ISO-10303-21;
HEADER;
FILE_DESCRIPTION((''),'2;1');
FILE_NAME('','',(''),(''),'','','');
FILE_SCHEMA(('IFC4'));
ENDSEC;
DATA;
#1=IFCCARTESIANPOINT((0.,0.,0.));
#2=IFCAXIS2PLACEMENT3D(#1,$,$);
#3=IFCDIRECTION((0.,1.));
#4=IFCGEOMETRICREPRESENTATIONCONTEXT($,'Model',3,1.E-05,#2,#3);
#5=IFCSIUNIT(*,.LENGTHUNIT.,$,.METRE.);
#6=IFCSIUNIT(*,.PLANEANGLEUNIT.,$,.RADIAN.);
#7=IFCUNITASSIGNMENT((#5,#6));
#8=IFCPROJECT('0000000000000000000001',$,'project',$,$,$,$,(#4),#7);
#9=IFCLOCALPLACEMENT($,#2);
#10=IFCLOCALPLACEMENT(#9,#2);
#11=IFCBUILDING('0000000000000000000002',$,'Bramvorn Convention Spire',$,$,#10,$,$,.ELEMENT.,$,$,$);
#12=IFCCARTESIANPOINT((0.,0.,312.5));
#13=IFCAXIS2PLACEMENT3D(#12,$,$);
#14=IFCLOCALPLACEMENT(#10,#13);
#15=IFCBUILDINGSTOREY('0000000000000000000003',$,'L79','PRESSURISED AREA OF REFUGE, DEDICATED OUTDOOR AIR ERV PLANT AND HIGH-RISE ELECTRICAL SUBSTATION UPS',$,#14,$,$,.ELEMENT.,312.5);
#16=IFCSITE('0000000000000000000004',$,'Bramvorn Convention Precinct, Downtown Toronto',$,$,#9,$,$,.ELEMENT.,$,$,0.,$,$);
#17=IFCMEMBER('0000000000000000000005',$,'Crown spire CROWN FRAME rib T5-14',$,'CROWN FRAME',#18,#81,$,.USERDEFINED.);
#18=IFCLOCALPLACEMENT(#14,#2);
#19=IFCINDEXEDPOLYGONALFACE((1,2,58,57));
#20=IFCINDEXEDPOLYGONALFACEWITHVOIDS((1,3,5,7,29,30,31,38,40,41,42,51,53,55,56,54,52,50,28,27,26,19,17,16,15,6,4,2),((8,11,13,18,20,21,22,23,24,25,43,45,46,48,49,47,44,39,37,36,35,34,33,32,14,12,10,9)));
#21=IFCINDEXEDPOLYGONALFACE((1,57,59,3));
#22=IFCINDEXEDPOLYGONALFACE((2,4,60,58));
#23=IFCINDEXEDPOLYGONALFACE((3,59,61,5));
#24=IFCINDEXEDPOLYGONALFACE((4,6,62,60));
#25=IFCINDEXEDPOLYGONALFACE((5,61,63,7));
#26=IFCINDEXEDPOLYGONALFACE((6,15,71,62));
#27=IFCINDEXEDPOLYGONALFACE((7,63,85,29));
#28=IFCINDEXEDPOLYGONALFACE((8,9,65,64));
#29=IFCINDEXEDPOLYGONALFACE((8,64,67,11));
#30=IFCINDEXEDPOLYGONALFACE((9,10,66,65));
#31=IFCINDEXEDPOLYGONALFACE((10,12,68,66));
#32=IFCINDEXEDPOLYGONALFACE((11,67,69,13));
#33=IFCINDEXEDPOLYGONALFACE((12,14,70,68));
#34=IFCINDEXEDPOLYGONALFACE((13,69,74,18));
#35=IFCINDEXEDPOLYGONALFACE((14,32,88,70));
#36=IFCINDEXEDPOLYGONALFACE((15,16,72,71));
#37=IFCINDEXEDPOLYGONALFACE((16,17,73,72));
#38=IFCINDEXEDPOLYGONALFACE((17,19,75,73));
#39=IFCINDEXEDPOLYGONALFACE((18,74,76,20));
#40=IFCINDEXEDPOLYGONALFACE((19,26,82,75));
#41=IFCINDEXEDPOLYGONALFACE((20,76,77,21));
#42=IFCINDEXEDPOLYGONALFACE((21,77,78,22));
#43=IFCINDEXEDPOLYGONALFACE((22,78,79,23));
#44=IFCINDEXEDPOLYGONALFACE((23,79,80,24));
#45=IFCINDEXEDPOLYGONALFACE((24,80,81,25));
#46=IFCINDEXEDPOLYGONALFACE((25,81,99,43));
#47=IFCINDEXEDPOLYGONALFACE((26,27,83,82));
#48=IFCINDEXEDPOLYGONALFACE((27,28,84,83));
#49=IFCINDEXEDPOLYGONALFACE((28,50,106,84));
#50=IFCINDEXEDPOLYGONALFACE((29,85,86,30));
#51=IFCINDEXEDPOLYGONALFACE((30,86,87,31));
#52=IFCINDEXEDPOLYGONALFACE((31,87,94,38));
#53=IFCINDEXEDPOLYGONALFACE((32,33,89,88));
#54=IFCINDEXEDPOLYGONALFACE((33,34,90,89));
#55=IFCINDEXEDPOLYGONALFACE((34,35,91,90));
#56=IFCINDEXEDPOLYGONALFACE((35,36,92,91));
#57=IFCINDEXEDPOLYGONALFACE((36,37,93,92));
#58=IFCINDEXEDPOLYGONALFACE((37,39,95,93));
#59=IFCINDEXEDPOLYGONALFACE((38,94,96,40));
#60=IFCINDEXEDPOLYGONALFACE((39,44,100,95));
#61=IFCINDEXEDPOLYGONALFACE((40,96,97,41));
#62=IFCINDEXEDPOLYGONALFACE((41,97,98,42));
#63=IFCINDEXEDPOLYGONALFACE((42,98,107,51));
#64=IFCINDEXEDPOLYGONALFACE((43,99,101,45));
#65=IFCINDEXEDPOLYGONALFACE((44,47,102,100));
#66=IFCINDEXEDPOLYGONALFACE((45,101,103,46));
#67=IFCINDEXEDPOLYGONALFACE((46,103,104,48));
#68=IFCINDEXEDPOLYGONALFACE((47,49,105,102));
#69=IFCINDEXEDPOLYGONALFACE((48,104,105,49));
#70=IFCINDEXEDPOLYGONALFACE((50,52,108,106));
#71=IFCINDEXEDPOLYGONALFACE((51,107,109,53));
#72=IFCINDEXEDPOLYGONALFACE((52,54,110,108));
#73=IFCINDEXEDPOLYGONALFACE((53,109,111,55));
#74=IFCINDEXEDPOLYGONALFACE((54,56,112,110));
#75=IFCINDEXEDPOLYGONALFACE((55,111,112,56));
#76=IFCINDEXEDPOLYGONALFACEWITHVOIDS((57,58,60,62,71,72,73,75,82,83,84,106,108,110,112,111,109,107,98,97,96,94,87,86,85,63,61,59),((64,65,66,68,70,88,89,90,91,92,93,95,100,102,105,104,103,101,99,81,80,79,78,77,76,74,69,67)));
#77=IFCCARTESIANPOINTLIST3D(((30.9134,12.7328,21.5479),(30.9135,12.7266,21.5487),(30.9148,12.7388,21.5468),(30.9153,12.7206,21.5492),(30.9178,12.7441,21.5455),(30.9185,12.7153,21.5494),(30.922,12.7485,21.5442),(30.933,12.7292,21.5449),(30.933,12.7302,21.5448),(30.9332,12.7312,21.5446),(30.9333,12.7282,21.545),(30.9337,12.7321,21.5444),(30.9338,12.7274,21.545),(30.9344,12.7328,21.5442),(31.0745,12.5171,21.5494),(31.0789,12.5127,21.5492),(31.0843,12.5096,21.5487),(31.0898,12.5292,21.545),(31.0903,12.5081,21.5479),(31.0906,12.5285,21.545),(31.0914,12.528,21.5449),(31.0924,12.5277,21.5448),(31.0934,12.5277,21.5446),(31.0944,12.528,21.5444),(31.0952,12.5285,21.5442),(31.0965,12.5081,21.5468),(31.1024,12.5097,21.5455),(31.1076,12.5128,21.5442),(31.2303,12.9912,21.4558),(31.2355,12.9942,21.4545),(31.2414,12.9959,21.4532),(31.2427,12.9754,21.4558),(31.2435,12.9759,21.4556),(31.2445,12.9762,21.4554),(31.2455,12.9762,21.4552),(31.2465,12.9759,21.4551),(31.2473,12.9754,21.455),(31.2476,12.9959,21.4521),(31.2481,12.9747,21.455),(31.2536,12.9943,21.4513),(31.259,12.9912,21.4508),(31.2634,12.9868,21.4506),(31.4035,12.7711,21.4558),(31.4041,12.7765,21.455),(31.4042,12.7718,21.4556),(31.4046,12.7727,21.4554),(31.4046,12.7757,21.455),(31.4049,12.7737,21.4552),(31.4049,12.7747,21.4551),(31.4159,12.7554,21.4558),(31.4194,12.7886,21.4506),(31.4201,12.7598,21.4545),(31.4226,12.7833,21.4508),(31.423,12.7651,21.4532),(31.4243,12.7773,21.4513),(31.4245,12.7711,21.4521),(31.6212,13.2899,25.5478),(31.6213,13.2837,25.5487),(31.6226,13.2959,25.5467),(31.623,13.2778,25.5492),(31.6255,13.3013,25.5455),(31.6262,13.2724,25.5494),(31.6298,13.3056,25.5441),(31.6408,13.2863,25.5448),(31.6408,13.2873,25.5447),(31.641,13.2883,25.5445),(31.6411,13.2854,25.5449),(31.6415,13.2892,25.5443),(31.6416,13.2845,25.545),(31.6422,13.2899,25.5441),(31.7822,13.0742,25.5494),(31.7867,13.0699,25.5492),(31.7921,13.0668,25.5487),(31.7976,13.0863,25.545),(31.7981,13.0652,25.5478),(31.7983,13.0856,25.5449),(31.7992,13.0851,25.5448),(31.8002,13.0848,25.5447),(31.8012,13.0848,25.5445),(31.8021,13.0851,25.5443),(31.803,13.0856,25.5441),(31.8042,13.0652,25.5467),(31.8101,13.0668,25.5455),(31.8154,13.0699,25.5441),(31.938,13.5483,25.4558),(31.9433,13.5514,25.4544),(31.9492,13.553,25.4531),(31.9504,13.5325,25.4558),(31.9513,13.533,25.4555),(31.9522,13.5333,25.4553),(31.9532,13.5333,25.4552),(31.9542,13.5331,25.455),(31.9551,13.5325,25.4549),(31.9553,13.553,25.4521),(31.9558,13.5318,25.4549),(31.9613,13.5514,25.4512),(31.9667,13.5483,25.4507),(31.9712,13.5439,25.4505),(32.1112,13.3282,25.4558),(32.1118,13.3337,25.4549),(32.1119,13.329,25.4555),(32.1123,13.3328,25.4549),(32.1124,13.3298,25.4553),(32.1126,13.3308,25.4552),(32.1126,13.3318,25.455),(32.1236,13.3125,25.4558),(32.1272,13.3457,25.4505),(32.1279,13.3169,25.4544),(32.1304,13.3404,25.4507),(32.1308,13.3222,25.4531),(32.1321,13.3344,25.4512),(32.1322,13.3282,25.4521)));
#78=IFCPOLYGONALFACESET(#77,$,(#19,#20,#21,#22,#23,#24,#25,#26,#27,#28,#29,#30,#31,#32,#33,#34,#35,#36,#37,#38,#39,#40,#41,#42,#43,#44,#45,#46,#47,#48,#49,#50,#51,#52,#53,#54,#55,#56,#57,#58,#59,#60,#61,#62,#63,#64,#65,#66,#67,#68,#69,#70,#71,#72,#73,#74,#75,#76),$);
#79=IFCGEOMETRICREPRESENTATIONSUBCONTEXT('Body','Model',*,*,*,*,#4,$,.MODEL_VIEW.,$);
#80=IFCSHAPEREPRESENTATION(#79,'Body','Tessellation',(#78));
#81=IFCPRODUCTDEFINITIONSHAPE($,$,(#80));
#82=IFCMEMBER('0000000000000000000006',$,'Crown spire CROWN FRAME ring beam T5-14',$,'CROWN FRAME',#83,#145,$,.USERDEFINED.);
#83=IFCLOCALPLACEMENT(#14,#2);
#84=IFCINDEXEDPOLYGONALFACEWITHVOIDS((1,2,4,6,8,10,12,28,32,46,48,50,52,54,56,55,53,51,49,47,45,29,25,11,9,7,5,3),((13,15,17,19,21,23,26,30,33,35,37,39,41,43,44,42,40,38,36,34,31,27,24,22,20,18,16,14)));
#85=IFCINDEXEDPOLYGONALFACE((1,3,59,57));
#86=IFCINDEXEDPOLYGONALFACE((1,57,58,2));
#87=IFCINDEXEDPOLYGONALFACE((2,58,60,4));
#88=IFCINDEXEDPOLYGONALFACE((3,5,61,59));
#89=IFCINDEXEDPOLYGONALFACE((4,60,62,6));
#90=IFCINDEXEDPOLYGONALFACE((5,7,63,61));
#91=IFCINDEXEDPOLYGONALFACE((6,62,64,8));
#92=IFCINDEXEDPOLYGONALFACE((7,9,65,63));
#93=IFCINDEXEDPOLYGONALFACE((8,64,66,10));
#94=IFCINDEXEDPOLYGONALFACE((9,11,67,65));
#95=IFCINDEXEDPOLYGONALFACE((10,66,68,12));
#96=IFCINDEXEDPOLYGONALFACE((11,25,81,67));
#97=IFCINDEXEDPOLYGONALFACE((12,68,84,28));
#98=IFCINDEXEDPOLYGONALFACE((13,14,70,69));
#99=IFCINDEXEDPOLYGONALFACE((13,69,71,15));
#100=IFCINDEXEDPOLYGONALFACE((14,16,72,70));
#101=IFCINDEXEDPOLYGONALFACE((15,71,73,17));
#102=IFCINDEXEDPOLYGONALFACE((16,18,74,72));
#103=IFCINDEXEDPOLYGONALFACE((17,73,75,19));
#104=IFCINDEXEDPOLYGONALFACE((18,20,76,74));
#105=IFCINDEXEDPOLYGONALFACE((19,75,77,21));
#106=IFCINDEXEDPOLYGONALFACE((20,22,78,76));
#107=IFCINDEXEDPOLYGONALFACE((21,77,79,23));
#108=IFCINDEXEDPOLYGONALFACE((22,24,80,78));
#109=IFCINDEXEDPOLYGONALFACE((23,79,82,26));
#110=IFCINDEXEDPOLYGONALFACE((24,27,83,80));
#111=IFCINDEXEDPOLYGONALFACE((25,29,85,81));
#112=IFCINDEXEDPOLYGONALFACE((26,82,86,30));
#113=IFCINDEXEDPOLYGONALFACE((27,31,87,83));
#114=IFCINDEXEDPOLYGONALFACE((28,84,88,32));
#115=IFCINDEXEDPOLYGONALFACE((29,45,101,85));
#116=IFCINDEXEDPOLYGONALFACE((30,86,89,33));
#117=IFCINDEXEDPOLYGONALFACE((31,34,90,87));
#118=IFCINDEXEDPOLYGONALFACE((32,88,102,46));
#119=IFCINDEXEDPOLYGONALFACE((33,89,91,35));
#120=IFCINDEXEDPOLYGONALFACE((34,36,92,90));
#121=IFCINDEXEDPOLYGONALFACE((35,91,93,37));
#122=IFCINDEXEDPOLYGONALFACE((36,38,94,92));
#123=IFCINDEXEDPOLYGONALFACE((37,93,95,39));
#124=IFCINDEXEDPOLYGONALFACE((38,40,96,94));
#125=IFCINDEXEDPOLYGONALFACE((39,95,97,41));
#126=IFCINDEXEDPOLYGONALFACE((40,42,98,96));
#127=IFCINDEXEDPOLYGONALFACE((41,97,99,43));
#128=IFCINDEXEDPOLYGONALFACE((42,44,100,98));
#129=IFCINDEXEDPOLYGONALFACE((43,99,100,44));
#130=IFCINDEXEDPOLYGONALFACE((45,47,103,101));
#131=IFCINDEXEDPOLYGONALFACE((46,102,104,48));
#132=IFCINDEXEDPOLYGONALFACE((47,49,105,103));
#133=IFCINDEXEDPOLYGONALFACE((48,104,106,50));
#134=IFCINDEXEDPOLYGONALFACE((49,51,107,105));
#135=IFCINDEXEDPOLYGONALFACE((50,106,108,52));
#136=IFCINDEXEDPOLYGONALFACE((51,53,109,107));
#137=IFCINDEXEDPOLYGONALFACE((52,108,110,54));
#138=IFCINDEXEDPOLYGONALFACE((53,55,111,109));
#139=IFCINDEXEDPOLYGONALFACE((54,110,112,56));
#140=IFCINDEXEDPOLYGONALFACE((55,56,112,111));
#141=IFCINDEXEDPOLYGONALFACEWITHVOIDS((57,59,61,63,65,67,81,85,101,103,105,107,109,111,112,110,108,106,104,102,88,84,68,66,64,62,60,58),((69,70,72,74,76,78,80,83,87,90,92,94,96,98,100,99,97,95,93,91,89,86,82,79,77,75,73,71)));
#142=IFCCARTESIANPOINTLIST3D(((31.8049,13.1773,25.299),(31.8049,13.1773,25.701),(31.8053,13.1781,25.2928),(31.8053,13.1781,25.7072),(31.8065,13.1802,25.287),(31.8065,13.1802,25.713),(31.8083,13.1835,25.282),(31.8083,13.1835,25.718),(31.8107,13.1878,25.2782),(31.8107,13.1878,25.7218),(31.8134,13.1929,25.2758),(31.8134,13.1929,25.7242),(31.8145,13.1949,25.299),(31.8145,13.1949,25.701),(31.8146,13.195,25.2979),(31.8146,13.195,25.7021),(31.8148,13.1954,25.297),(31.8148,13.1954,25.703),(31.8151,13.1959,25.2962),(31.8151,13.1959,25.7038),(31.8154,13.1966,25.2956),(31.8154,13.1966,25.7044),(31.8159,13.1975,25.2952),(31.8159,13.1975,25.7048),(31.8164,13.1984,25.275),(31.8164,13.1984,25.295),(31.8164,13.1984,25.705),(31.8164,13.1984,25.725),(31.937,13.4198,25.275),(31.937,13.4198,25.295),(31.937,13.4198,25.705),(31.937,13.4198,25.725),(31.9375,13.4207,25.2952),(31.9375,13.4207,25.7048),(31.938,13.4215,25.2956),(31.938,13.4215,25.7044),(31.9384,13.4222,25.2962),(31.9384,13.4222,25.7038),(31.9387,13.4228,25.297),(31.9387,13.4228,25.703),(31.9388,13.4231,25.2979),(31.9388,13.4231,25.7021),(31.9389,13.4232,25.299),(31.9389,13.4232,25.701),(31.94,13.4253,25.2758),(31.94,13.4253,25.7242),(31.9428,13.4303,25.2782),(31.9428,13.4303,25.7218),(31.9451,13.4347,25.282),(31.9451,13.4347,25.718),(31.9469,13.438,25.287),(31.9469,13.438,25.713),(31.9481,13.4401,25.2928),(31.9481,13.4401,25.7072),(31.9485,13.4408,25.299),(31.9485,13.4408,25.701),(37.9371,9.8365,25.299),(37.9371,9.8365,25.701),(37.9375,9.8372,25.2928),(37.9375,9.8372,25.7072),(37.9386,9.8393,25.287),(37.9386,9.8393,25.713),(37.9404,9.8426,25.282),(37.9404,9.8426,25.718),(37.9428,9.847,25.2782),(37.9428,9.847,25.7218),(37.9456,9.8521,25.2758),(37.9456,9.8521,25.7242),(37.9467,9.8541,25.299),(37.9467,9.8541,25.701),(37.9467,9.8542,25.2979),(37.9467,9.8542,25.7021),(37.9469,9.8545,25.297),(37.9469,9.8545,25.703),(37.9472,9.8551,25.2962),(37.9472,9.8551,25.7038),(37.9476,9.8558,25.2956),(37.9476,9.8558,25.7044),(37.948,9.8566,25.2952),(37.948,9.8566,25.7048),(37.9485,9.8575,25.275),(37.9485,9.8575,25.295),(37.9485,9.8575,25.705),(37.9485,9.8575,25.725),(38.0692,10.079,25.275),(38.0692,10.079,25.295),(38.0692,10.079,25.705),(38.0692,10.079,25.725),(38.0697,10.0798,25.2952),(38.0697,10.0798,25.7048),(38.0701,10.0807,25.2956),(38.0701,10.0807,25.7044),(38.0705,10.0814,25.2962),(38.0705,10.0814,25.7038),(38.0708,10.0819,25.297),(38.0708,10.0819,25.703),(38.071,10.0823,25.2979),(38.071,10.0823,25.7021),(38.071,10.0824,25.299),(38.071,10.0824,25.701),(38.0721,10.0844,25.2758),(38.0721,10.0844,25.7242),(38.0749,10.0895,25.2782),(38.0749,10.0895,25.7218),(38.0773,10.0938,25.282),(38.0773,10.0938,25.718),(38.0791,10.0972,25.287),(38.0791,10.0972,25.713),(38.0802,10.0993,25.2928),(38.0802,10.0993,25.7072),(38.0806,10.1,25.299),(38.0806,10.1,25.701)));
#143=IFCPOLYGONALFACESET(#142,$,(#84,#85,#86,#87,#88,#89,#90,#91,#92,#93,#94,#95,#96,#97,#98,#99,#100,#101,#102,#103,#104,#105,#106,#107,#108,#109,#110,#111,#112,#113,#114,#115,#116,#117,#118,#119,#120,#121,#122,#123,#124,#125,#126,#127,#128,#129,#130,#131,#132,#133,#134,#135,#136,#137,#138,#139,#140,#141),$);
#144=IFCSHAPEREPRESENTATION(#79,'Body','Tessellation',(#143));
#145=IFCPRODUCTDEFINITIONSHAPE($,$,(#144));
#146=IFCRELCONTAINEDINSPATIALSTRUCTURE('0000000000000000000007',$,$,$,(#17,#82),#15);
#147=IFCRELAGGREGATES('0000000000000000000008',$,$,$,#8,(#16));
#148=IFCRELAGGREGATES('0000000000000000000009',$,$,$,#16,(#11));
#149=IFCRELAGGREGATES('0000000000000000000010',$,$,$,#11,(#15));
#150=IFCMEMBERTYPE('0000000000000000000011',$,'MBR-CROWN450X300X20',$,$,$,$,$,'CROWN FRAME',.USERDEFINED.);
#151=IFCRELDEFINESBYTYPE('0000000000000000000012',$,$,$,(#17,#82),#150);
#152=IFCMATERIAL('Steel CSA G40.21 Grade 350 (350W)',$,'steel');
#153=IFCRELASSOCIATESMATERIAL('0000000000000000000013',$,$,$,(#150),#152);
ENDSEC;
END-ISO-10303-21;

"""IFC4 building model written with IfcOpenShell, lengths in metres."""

from ifc_helpers import new_model, si_unit, direction, frame, origin, origin_2d, place, context, subcontext, project, spatial, hollow_rectangle, extrude, material, material_profile, profile_set, type_object, element, save


model = new_model("IFC4")

# Units and contexts
model_context = context("Model", 3, precision=1e-05, world=origin(), true_north=direction((0.0, 1.0)))
body_context = subcontext(model_context, "Body", "Model", "MODEL_VIEW")
ifc_project = project(units=[si_unit("LENGTHUNIT", "METRE"), si_unit("PLANEANGLEUNIT", "RADIAN")], contexts=[model_context])

# Site, building, storey
site_placement = place(None, origin())
site = spatial("IfcSite", under=ifc_project, at=site_placement, Name="Bramvorn Convention Precinct, Downtown Toronto", CompositionType="ELEMENT", RefElevation=0.0)
building_placement = place(site_placement, origin())
building = spatial("IfcBuilding", under=site, at=building_placement, Name="Bramvorn Convention Spire", CompositionType="ELEMENT")
storey_placement = place(building_placement, frame((0.0, 0.0, 312.5)))
storey = spatial("IfcBuildingStorey", under=building, at=storey_placement, Name="L79", Description="PRESSURISED AREA OF REFUGE, DEDICATED OUTDOOR AIR ERV PLANT AND HIGH-RISE ELECTRICAL SUBSTATION UPS", CompositionType="ELEMENT", Elevation=312.5)

# Shared definitions
ifc_material_1 = material(Name="Steel CSA G40.21 Grade 350 (350W)", Category="steel")

# Members
ifc_material_profile_1 = material_profile(ifc_material_1, hollow_rectangle(XDim=0.3, YDim=0.45, WallThickness=0.02, InnerFilletRadius=0.0039, OuterFilletRadius=0.0239, at=origin_2d()))
ifc_profile_set_1 = profile_set([ifc_material_profile_1], Name="Steel CSA G40.21 Grade 350 (350W) - CROWN450X300X20")
member_type = type_object("IfcMemberType", Name="MBR-CROWN450X300X20", ElementType="CROWN FRAME", PredefinedType="USERDEFINED", material=ifc_profile_set_1)
member_1_placement = place(storey_placement, frame((31.1689, 12.752, 21.5), z_axis=(0.172618, 0.13588, 0.975571), x_axis=(-0.618528, 0.785763, 0.0)))
element("IfcMember", 1, at=member_1_placement, inside=storey, type_object=member_type, Name="Crown spire CROWN FRAME rib T5-14", ObjectType="CROWN FRAME", PredefinedType="USERDEFINED", context=body_context, shape_type="SweptSolid", body=[
    extrude(hollow_rectangle(XDim=0.3, YDim=0.45, WallThickness=0.02, InnerFilletRadius=0.0039, OuterFilletRadius=0.0239, at=origin_2d()), origin(), (0.0, 0.0, 1.0), 4.1001),
])
member_2_placement = place(storey_placement, frame((31.8767, 13.3091, 25.5), z_axis=(0.878133, -0.478416, 0.0), x_axis=(0.478416, 0.878133, 0.0)))
element("IfcMember", 2, at=member_2_placement, inside=storey, type_object=member_type, Name="Crown spire CROWN FRAME ring beam T5-14", ObjectType="CROWN FRAME", PredefinedType="USERDEFINED", context=body_context, shape_type="SweptSolid", body=[
    extrude(hollow_rectangle(XDim=0.3, YDim=0.45, WallThickness=0.02, InnerFilletRadius=0.0039, OuterFilletRadius=0.0239, at=origin_2d()), origin(), (0.0, 0.0, 1.0), 6.9832),
])

save(model, "model.ifc")
